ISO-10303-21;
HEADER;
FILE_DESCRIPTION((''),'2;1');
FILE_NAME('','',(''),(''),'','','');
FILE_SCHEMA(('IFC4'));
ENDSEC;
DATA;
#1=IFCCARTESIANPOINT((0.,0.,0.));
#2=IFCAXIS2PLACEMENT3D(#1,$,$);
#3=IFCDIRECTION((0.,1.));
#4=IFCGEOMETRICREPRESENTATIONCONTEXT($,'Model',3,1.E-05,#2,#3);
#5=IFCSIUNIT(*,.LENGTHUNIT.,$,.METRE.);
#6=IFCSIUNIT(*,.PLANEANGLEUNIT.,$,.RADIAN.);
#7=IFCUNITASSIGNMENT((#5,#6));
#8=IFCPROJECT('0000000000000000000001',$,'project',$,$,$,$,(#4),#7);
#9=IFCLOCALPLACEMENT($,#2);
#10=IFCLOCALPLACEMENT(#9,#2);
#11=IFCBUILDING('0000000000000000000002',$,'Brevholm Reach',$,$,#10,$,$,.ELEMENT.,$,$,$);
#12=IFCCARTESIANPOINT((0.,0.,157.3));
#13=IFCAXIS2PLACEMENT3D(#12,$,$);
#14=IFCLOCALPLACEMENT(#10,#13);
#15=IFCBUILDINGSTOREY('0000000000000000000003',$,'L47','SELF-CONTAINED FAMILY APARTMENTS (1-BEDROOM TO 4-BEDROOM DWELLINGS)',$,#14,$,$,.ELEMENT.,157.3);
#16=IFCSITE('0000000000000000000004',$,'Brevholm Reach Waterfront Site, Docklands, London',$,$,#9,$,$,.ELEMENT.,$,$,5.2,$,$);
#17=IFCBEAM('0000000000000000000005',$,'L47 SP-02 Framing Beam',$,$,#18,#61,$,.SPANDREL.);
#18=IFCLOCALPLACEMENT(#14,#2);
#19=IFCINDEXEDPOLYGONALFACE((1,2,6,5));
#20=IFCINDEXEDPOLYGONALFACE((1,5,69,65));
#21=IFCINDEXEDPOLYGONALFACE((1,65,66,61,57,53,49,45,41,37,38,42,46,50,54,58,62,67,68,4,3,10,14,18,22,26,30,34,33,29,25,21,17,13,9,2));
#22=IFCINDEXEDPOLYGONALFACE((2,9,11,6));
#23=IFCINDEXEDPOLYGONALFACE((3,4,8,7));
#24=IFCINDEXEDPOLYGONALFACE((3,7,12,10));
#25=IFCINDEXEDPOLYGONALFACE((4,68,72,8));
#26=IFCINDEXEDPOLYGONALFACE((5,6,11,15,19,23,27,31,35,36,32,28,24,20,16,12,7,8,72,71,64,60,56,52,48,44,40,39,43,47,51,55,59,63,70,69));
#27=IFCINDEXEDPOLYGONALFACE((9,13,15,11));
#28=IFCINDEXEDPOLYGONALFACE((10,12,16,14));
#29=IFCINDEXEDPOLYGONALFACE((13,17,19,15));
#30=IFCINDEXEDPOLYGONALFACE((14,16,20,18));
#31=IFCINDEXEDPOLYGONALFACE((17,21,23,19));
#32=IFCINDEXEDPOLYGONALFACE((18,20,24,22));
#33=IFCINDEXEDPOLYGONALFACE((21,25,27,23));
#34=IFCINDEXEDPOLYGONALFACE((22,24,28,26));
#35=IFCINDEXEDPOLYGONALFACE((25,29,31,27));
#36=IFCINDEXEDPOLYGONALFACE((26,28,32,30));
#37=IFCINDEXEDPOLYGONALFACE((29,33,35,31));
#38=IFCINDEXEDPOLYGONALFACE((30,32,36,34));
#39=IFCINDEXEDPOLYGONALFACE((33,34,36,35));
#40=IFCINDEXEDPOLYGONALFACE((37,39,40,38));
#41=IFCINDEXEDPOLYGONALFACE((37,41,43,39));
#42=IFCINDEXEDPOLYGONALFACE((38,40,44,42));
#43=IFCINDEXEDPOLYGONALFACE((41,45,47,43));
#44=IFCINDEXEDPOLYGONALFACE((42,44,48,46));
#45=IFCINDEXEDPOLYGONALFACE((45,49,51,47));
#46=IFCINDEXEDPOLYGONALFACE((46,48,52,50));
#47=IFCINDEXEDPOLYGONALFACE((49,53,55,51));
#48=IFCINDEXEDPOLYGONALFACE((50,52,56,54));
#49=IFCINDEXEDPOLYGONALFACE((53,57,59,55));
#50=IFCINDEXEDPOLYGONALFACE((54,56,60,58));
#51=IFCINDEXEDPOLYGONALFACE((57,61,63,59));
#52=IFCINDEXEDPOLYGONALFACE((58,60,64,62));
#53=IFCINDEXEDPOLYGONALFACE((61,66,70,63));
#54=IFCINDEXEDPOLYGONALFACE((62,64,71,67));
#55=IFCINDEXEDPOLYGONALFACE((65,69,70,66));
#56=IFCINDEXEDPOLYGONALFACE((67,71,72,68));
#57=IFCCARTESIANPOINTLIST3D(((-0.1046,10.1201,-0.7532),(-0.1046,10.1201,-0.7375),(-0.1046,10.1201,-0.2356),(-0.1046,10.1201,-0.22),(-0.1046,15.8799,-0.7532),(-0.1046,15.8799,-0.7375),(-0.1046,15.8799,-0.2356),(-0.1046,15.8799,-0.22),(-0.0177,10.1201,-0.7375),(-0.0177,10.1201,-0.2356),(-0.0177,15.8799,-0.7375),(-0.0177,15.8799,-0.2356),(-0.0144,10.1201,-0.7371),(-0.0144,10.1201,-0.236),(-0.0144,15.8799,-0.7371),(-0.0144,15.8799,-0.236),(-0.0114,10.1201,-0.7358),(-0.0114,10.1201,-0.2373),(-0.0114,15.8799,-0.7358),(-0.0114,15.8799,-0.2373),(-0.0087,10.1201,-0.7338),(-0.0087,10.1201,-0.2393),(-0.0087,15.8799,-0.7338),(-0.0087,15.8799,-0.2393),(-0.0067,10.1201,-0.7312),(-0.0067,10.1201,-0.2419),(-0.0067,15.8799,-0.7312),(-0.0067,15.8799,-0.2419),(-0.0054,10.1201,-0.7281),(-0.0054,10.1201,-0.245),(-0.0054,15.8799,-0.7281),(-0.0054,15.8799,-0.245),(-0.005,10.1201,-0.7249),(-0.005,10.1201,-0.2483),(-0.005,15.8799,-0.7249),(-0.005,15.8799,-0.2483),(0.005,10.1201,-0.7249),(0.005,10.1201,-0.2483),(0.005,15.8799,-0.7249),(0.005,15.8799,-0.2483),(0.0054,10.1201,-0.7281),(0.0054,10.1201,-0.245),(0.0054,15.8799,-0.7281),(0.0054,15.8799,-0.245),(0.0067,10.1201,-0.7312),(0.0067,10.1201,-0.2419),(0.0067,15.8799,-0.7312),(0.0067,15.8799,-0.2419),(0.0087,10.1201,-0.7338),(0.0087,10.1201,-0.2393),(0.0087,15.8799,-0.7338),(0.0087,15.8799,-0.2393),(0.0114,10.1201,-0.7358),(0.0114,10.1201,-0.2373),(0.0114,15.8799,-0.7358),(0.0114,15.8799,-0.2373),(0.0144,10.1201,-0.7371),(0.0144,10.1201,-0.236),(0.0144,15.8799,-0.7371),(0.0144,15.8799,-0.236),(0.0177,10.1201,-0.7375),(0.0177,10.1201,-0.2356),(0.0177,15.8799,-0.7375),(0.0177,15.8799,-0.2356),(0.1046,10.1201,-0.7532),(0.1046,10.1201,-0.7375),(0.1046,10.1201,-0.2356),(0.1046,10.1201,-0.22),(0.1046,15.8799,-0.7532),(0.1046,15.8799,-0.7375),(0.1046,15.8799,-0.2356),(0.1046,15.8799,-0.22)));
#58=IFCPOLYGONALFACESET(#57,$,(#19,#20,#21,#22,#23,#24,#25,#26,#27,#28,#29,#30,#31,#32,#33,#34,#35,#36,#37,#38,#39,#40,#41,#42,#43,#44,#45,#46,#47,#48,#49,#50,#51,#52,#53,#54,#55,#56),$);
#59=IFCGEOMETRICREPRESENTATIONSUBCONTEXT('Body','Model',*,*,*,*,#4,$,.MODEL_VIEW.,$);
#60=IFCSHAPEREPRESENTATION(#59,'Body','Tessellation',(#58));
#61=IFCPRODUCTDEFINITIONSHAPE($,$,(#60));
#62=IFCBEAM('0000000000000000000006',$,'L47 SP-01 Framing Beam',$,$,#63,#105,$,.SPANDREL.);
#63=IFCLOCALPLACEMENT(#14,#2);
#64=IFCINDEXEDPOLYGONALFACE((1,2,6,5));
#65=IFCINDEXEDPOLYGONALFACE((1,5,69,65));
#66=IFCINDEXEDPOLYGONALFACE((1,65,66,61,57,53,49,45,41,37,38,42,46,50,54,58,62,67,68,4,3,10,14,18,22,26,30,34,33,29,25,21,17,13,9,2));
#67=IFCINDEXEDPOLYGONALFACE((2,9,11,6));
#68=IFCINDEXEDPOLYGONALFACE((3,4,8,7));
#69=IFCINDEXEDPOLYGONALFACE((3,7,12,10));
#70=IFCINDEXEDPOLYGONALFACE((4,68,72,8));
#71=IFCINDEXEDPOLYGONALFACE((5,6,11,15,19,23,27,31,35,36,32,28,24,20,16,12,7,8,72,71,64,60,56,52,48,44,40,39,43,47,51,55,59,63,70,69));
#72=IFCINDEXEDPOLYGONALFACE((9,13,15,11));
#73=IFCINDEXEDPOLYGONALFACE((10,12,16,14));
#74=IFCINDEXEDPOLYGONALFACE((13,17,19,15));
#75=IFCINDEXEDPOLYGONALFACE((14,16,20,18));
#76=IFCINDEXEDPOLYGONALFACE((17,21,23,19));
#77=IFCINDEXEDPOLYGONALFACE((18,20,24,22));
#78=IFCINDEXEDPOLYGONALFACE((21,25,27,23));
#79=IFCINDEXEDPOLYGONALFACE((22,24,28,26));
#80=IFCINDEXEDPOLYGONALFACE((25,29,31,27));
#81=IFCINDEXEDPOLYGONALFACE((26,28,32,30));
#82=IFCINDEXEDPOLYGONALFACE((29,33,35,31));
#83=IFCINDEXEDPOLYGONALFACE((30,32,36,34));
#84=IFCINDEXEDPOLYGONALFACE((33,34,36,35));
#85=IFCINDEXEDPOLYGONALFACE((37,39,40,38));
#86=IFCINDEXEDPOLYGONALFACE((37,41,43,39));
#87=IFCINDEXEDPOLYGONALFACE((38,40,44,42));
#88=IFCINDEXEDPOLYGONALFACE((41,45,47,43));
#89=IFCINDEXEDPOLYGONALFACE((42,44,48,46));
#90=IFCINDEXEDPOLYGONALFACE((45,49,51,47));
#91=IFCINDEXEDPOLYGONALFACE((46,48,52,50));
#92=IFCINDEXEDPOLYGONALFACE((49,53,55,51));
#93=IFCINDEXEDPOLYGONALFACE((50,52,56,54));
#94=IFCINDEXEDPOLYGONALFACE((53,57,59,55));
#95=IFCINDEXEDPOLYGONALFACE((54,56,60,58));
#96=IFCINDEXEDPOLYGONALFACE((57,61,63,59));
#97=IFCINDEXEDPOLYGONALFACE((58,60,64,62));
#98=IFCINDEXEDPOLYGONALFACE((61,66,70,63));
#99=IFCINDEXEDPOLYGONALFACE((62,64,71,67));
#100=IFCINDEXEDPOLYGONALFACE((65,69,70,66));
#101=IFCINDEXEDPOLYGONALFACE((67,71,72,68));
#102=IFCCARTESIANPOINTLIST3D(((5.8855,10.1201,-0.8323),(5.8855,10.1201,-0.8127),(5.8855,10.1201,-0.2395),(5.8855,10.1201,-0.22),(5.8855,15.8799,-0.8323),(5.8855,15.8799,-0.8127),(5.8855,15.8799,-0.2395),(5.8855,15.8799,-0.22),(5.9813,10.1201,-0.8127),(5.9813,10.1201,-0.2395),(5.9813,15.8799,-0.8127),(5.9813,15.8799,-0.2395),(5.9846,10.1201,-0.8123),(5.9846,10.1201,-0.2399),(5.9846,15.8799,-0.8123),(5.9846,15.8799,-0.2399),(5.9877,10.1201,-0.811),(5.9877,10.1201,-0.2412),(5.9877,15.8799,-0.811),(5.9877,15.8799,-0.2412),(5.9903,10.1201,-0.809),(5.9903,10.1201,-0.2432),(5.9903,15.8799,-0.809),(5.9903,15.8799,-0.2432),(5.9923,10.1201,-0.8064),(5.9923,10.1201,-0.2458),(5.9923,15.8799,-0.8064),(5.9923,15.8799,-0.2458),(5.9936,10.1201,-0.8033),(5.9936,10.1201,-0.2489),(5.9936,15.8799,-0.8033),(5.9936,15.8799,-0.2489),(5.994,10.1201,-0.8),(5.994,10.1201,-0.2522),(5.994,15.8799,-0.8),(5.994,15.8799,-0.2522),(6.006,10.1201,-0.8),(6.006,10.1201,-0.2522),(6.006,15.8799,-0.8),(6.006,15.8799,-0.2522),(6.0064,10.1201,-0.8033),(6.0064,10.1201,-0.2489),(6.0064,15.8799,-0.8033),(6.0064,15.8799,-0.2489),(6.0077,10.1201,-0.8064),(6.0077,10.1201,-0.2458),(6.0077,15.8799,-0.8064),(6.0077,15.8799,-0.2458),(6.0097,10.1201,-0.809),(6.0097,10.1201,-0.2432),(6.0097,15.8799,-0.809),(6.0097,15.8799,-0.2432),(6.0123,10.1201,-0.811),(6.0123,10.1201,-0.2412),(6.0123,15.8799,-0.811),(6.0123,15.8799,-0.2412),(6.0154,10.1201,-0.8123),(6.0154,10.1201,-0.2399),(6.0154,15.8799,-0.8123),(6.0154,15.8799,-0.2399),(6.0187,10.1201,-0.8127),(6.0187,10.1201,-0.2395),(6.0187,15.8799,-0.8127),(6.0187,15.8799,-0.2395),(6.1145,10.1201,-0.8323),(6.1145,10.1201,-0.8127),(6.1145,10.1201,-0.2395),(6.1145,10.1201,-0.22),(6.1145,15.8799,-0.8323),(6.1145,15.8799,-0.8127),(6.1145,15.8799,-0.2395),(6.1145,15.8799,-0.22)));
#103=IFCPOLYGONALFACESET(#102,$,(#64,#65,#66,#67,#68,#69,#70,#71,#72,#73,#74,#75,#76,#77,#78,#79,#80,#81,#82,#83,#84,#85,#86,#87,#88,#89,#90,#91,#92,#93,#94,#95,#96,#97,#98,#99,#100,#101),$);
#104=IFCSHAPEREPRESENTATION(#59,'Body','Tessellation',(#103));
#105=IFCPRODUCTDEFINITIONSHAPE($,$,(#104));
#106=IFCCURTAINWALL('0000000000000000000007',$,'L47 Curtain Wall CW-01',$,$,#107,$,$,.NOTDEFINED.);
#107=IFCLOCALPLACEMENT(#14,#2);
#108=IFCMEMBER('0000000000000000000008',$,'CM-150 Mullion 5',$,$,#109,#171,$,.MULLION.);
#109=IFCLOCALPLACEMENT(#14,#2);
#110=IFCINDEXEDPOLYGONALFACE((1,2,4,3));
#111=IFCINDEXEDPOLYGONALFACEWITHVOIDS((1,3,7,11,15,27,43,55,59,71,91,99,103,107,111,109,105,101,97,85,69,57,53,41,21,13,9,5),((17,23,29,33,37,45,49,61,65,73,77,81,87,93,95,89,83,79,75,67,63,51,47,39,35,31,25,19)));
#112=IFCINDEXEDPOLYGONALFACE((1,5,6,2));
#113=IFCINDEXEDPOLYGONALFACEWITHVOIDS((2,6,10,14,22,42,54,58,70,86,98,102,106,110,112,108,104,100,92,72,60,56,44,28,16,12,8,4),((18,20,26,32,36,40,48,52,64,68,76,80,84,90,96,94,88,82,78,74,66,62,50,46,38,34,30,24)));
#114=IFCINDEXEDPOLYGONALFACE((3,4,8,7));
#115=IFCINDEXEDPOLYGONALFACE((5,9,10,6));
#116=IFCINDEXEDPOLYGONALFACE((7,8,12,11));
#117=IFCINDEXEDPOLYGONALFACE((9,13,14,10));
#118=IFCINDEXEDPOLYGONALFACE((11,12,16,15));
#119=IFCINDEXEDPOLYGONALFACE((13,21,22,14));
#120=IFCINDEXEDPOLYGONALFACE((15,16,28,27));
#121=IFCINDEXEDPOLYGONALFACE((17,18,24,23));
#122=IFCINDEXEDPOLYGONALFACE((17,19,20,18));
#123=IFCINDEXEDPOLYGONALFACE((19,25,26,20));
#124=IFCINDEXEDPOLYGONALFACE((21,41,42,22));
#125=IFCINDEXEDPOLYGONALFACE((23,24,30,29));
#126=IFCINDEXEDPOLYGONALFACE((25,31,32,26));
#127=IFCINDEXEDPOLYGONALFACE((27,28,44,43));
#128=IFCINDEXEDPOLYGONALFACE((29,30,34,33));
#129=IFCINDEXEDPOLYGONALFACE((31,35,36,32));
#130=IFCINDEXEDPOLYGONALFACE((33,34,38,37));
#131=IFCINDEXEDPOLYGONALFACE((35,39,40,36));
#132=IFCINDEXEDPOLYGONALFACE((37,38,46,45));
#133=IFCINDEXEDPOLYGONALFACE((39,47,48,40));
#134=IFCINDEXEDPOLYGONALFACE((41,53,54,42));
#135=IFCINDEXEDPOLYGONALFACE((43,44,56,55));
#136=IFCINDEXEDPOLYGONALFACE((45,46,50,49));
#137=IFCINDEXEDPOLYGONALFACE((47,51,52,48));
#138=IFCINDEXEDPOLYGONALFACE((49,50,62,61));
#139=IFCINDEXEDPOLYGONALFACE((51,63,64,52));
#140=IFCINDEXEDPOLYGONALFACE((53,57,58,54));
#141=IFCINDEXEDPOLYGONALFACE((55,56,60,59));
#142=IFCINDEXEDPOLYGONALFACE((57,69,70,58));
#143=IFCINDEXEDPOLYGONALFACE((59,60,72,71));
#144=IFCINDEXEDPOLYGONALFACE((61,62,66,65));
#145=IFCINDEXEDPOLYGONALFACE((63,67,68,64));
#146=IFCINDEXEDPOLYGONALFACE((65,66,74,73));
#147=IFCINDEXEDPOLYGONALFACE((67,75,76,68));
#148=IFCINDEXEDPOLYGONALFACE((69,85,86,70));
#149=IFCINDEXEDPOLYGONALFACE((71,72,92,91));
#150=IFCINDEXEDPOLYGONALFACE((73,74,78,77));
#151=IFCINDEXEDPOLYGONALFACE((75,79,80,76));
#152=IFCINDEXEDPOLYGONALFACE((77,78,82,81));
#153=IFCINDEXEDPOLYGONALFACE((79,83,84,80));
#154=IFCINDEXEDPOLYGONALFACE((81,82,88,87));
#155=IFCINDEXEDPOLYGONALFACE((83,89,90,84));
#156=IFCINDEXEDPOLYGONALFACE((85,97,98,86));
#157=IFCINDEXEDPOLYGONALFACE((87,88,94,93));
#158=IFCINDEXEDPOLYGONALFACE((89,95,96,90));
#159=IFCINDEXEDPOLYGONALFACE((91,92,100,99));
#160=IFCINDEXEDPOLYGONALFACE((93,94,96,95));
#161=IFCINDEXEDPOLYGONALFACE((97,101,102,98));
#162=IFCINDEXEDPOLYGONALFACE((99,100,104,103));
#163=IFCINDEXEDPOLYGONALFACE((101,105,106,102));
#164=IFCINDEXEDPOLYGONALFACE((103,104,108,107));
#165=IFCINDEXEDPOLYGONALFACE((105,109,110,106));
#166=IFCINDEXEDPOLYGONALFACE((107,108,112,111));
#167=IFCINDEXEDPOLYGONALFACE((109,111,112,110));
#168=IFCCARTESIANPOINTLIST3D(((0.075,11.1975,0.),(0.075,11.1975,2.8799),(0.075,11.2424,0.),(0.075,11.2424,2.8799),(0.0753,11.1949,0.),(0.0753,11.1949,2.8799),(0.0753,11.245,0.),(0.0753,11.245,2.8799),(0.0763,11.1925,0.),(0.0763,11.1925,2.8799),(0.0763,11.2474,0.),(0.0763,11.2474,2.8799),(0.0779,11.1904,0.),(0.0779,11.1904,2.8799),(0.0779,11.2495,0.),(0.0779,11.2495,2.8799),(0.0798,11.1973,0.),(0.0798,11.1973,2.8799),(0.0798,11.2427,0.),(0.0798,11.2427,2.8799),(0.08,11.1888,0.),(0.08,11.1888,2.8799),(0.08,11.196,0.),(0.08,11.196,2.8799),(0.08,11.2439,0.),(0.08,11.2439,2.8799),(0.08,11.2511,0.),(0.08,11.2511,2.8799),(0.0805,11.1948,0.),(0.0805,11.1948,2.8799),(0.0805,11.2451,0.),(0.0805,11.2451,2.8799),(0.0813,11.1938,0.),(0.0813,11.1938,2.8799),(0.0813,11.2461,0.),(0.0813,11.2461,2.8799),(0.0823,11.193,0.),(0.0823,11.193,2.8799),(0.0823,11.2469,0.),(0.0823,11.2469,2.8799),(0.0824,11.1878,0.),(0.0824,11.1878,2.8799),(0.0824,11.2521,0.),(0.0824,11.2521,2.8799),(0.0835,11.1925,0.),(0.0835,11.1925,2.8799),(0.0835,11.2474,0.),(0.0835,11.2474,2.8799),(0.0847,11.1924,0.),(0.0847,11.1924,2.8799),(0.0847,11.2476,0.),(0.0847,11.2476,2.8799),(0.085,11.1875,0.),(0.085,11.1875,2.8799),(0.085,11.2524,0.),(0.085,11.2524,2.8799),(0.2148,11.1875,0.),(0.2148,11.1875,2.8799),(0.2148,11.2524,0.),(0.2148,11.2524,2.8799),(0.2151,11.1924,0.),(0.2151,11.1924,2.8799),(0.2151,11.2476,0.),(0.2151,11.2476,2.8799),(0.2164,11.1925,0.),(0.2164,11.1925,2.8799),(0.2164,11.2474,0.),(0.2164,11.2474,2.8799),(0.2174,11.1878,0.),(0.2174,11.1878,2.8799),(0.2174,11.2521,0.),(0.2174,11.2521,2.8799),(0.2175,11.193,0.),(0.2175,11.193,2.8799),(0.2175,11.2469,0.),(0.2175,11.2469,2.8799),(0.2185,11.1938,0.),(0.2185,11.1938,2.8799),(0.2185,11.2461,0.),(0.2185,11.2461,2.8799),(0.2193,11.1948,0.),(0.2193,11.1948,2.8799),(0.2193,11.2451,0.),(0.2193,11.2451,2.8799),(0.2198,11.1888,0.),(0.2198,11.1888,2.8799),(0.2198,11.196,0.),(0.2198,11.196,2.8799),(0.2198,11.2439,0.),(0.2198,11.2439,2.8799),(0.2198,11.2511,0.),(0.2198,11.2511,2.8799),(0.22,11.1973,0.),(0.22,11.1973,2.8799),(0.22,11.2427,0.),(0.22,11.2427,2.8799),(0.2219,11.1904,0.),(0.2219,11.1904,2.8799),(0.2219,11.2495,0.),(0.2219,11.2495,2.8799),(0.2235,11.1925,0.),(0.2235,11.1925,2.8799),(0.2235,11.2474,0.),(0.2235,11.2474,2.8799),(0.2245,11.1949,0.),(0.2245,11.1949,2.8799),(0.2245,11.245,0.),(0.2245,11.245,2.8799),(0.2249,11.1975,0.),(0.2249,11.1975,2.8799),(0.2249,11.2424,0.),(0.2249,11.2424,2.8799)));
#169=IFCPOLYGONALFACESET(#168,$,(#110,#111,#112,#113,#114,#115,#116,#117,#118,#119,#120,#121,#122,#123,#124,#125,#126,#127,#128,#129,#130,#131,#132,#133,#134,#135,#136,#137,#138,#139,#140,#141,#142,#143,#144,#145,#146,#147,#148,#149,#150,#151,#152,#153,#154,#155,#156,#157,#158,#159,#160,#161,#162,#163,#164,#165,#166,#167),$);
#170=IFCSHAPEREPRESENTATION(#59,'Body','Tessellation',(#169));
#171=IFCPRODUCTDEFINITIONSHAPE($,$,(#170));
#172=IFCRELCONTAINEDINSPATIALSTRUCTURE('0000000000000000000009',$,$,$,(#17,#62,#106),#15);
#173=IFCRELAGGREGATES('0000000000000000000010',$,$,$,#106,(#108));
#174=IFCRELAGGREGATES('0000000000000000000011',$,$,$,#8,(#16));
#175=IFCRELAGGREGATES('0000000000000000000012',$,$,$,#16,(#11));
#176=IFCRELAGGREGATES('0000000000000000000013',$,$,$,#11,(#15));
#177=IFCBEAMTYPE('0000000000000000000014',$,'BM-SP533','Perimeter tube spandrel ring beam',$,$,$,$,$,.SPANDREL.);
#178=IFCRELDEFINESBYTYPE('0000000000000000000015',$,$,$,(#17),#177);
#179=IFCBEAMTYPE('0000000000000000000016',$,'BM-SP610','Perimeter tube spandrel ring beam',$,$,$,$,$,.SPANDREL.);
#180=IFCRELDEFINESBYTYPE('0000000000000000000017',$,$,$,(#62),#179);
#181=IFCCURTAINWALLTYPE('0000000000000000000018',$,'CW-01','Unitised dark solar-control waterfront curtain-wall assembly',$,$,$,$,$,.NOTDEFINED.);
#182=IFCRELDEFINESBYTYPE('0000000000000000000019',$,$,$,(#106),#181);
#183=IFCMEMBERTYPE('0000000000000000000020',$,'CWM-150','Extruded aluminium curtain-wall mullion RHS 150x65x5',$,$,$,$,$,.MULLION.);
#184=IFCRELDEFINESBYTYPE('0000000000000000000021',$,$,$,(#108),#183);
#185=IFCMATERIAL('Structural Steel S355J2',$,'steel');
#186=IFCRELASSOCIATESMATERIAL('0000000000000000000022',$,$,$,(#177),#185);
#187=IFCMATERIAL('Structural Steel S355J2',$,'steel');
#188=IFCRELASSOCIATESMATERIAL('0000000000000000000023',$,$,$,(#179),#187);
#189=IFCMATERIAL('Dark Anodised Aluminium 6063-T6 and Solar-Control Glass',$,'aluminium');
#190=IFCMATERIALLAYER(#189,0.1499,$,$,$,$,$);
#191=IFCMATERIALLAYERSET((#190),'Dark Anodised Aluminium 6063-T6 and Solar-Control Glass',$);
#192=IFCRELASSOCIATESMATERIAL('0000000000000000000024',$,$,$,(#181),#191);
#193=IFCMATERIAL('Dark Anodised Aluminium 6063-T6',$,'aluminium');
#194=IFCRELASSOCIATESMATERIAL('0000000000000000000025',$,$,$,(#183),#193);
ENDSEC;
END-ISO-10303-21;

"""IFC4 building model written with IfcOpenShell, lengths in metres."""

from ifc_helpers import new_model, si_unit, direction, frame, origin, origin_2d, place, context, subcontext, project, spatial, hollow_rectangle, i_section, extrude, material, layer, layer_set, material_profile, profile_set, type_object, element, aggregate, save


model = new_model("IFC4")

# Units and contexts
model_context = context("Model", 3, precision=1e-05, world=origin(), true_north=direction((0.0, 1.0)))
body_context = subcontext(model_context, "Body", "Model", "MODEL_VIEW")
ifc_project = project(units=[si_unit("LENGTHUNIT", "METRE"), si_unit("PLANEANGLEUNIT", "RADIAN")], contexts=[model_context])

# Site, building, storey
site_placement = place(None, origin())
site = spatial("IfcSite", under=ifc_project, at=site_placement, Name="Brevholm Reach Waterfront Site, Docklands, London", CompositionType="ELEMENT", RefElevation=5.2)
building_placement = place(site_placement, origin())
building = spatial("IfcBuilding", under=site, at=building_placement, Name="Brevholm Reach", CompositionType="ELEMENT")
storey_placement = place(building_placement, frame((0.0, 0.0, 157.3)))
storey = spatial("IfcBuildingStorey", under=building, at=storey_placement, Name="L47", Description="SELF-CONTAINED FAMILY APARTMENTS (1-BEDROOM TO 4-BEDROOM DWELLINGS)", CompositionType="ELEMENT", Elevation=157.3)

# Beams
ifc_material_1 = material(Name="Structural Steel S355J2", Category="steel")
ifc_material_profile_1 = material_profile(ifc_material_1, i_section(OverallWidth=0.2092, OverallDepth=0.5332, WebThickness=0.01, FlangeThickness=0.0156, FilletRadius=0.0127, at=origin_2d()), Name="UKB 533x210x92")
ifc_profile_set_1 = profile_set([ifc_material_profile_1], Name="Structural Steel S355J2")
beam_type_1 = type_object("IfcBeamType", Name="BM-SP533", Description="Perimeter tube spandrel ring beam", PredefinedType="SPANDREL", material=ifc_profile_set_1)
beam_1_placement = place(storey_placement, frame((0.0, 10.1201, -0.4866), z_axis=(0.0, 1.0, 0.0), x_axis=(-1.0, 0.0, 0.0)))
element("IfcBeam", 1, at=beam_1_placement, inside=storey, type_object=beam_type_1, Name="L47 SP-02 Framing Beam", PredefinedType="SPANDREL", context=body_context, shape_type="SweptSolid", body=[
    extrude(i_section(OverallWidth=0.2092, OverallDepth=0.5332, WebThickness=0.01, FlangeThickness=0.0156, FilletRadius=0.0127, at=origin_2d()), origin(), (0.0, 0.0, 1.0), 5.7598),
])
ifc_material_2 = material(Name="Structural Steel S355J2", Category="steel")
ifc_material_profile_2 = material_profile(ifc_material_2, i_section(OverallWidth=0.229, OverallDepth=0.6123, WebThickness=0.012, FlangeThickness=0.0195, FilletRadius=0.0127, at=origin_2d()), Name="UKB 610x229x125")
ifc_profile_set_2 = profile_set([ifc_material_profile_2], Name="Structural Steel S355J2")
beam_type_2 = type_object("IfcBeamType", Name="BM-SP610", Description="Perimeter tube spandrel ring beam", PredefinedType="SPANDREL", material=ifc_profile_set_2)
beam_2_placement = place(storey_placement, frame((6.0, 10.1201, -0.5261), z_axis=(0.0, 1.0, 0.0), x_axis=(-1.0, 0.0, 0.0)))
element("IfcBeam", 2, at=beam_2_placement, inside=storey, type_object=beam_type_2, Name="L47 SP-01 Framing Beam", PredefinedType="SPANDREL", context=body_context, shape_type="SweptSolid", body=[
    extrude(i_section(OverallWidth=0.229, OverallDepth=0.6123, WebThickness=0.012, FlangeThickness=0.0195, FilletRadius=0.0127, at=origin_2d()), origin(), (0.0, 0.0, 1.0), 5.7598),
])

# Curtain wall, member
ifc_material_3 = material(Name="Dark Anodised Aluminium 6063-T6 and Solar-Control Glass", Category="aluminium")
ifc_layer_1 = layer(ifc_material_3, 0.1499)
ifc_layer_set_1 = layer_set([ifc_layer_1], Name="Dark Anodised Aluminium 6063-T6 and Solar-Control Glass")
curtain_wall_type = type_object("IfcCurtainWallType", Name="CW-01", Description="Unitised dark solar-control waterfront curtain-wall assembly", PredefinedType="NOTDEFINED", material=ifc_layer_set_1)
curtain_wall_placement = place(storey_placement, origin())
curtain_wall = element("IfcCurtainWall", 3, at=curtain_wall_placement, inside=storey, type_object=curtain_wall_type, Name="L47 Curtain Wall CW-01", PredefinedType="NOTDEFINED")
ifc_material_4 = material(Name="Dark Anodised Aluminium 6063-T6", Category="aluminium")
ifc_material_profile_3 = material_profile(ifc_material_4, hollow_rectangle(XDim=0.0649, YDim=0.1499, WallThickness=0.0049, InnerFilletRadius=0.0049, OuterFilletRadius=0.01, at=origin_2d()), Name="RHS 150x65x5")
ifc_profile_set_3 = profile_set([ifc_material_profile_3], Name="Dark Anodised Aluminium 6063-T6")
member_type_1 = type_object("IfcMemberType", Name="CWM-150", Description="Extruded aluminium curtain-wall mullion RHS 150x65x5", PredefinedType="MULLION", material=ifc_profile_set_3)
member_1_placement = place(storey_placement, frame((0.1499, 11.22, 0.0), z_axis=(0.0, 0.0, 1.0), x_axis=(0.0, -1.0, 0.0)))
member_1 = element("IfcMember", 4, at=member_1_placement, type_object=member_type_1, Name="CM-150 Mullion 5", PredefinedType="MULLION", context=body_context, shape_type="SweptSolid", body=[
    extrude(hollow_rectangle(XDim=0.0649, YDim=0.1499, WallThickness=0.0049, InnerFilletRadius=0.0049, OuterFilletRadius=0.01, at=origin_2d()), origin(), (0.0, 0.0, 1.0), 2.8799),
])
aggregate(curtain_wall, [member_1])

save(model, "model.ifc")
